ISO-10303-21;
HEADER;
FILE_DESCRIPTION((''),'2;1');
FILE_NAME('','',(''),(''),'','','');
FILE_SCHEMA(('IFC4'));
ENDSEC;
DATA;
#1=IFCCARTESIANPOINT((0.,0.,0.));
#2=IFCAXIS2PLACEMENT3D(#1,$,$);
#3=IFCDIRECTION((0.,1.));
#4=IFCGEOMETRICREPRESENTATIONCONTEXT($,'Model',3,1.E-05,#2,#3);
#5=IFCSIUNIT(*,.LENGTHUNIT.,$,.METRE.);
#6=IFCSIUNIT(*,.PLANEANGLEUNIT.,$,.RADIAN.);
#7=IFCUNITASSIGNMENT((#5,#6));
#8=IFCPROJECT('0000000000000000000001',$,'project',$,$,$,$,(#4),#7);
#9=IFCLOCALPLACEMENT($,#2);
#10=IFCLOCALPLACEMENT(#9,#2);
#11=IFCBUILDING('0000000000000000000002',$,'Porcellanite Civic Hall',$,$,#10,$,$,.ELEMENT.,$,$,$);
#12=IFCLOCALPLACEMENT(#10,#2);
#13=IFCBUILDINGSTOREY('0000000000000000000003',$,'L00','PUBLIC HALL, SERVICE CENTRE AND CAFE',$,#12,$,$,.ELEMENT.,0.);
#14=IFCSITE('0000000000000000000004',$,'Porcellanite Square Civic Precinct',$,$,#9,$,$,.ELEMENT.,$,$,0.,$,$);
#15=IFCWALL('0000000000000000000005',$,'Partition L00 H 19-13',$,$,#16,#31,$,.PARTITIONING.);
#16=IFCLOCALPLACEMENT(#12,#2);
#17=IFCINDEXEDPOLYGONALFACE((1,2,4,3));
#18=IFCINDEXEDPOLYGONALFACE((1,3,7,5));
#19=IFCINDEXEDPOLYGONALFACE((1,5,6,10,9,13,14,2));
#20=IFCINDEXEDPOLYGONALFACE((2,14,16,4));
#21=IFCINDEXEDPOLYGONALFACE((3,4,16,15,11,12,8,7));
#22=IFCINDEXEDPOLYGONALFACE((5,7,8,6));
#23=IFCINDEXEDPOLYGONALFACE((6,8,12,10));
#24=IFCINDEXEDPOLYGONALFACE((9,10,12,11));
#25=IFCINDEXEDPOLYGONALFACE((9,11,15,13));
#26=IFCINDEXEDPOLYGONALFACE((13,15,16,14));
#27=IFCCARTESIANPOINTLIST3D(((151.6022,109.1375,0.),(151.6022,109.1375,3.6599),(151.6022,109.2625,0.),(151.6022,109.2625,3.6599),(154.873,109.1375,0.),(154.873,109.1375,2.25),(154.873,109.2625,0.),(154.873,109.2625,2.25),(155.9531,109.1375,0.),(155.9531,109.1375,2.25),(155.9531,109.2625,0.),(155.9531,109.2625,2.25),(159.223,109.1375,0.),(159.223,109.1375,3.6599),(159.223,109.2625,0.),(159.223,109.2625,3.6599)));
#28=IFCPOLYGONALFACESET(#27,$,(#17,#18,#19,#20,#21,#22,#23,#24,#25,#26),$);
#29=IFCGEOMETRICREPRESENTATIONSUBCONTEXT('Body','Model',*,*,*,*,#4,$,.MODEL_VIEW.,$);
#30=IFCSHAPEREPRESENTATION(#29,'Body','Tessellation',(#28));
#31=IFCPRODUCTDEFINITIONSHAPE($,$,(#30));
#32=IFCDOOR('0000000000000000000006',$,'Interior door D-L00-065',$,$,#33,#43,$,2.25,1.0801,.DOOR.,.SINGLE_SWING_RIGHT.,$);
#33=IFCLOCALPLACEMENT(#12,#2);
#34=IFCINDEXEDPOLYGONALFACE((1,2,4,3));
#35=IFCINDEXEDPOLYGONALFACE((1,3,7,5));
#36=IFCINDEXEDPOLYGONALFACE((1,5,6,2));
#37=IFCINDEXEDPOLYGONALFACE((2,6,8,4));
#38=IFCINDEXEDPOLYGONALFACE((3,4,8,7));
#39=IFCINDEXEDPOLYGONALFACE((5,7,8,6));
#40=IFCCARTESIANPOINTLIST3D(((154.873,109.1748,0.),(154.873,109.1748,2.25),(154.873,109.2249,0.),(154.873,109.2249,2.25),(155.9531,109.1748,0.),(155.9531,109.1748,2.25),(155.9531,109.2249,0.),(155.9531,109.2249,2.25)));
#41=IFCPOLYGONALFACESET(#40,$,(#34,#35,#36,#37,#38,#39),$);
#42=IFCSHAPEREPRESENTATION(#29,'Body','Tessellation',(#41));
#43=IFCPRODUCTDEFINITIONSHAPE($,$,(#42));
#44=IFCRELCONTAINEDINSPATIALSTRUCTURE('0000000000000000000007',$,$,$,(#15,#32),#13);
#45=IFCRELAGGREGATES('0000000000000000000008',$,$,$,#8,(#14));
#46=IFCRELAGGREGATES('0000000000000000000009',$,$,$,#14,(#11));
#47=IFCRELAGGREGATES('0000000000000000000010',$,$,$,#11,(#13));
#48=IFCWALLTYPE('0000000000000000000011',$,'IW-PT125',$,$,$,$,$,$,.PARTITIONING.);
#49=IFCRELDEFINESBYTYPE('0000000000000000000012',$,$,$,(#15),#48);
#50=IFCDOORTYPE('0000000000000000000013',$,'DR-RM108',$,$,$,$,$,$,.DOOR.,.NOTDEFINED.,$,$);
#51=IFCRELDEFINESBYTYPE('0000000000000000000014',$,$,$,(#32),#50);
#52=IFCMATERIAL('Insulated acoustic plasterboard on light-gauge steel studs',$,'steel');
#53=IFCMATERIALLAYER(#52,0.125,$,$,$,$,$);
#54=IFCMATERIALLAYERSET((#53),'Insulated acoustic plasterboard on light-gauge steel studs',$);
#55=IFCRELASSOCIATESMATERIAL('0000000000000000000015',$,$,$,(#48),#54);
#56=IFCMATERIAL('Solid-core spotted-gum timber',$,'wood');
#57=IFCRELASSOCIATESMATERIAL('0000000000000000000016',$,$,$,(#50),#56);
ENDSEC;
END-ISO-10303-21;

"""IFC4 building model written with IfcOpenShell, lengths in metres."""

from ifc_helpers import new_model, si_unit, direction, frame, frame_2d, origin, place, context, subcontext, project, spatial, rectangle, extrude, material, layer, layer_set, type_object, element, fill, save


model = new_model("IFC4")

# Units and contexts
model_context = context("Model", 3, precision=1e-05, world=origin(), true_north=direction((0.0, 1.0)))
body_context = subcontext(model_context, "Body", "Model", "MODEL_VIEW")
ifc_project = project(units=[si_unit("LENGTHUNIT", "METRE"), si_unit("PLANEANGLEUNIT", "RADIAN")], contexts=[model_context])

# Site, building, storey
site_placement = place(None, origin())
site = spatial("IfcSite", under=ifc_project, at=site_placement, Name="Porcellanite Square Civic Precinct", CompositionType="ELEMENT", RefElevation=0.0)
building_placement = place(site_placement, origin())
building = spatial("IfcBuilding", under=site, at=building_placement, Name="Porcellanite Civic Hall", CompositionType="ELEMENT")
storey_placement = place(building_placement, origin())
storey = spatial("IfcBuildingStorey", under=building, at=storey_placement, Name="L00", Description="PUBLIC HALL, SERVICE CENTRE AND CAFE", CompositionType="ELEMENT", Elevation=0.0)

# Wall, opening, door
ifc_material_1 = material(Name="Insulated acoustic plasterboard on light-gauge steel studs", Category="steel")
ifc_layer_1 = layer(ifc_material_1, 0.125)
ifc_layer_set_1 = layer_set([ifc_layer_1], Name="Insulated acoustic plasterboard on light-gauge steel studs")
wall_type_1 = type_object("IfcWallType", Name="IW-PT125", PredefinedType="PARTITIONING", material=ifc_layer_set_1)
wall_1_placement = place(storey_placement, frame((151.6021, 109.2, 0.0), z_axis=(0.0, 0.0, 1.0), x_axis=(1.0, 0.0, 0.0)))
wall_1 = element("IfcWall", 1, at=wall_1_placement, inside=storey, type_object=wall_type_1, Name="Partition L00 H 19-13", PredefinedType="PARTITIONING", context=body_context, shape_type="SweptSolid", body=[
    extrude(rectangle(XDim=7.6208, YDim=0.125, at=frame_2d((3.8105, 0.0))), origin(), (0.0, 0.0, 1.0), 3.6599),
])
opening_1_placement = place(wall_1_placement, frame((3.271, 0.0, 0.0)))
opening_1 = element("IfcOpeningElement", 2, at=opening_1_placement, cuts=wall_1, PredefinedType="OPENING", context=body_context, shape_type="SweptSolid", body=[
    extrude(rectangle(XDim=1.0801, YDim=2.25, at=frame_2d((0.54, 1.125))), frame((0.0, 0.0625, 0.0), z_axis=(0.0, -1.0, 0.0), x_axis=(1.0, 0.0, 0.0)), (0.0, 0.0, 1.0), 0.125),
])
ifc_material_2 = material(Name="Solid-core spotted-gum timber", Category="wood")
door_type_1 = type_object("IfcDoorType", Name="DR-RM108", OperationType="NOTDEFINED", PredefinedType="DOOR", material=ifc_material_2)
door_1_placement = place(opening_1_placement, origin())
door_1 = element("IfcDoor", 3, at=door_1_placement, inside=storey, type_object=door_type_1, Name="Interior door D-L00-065", OperationType="SINGLE_SWING_RIGHT", OverallHeight=2.25, OverallWidth=1.0801, PredefinedType="DOOR", context=body_context, shape_type="SweptSolid", body=[
    extrude(rectangle(XDim=1.0801, YDim=2.25, at=frame_2d((0.54, 1.125))), frame((0.0, 0.0249, 0.0), z_axis=(0.0, -1.0, 0.0), x_axis=(1.0, 0.0, 0.0)), (0.0, 0.0, 1.0), 0.05),
])
fill(opening_1, door_1)

save(model, "model.ifc")
